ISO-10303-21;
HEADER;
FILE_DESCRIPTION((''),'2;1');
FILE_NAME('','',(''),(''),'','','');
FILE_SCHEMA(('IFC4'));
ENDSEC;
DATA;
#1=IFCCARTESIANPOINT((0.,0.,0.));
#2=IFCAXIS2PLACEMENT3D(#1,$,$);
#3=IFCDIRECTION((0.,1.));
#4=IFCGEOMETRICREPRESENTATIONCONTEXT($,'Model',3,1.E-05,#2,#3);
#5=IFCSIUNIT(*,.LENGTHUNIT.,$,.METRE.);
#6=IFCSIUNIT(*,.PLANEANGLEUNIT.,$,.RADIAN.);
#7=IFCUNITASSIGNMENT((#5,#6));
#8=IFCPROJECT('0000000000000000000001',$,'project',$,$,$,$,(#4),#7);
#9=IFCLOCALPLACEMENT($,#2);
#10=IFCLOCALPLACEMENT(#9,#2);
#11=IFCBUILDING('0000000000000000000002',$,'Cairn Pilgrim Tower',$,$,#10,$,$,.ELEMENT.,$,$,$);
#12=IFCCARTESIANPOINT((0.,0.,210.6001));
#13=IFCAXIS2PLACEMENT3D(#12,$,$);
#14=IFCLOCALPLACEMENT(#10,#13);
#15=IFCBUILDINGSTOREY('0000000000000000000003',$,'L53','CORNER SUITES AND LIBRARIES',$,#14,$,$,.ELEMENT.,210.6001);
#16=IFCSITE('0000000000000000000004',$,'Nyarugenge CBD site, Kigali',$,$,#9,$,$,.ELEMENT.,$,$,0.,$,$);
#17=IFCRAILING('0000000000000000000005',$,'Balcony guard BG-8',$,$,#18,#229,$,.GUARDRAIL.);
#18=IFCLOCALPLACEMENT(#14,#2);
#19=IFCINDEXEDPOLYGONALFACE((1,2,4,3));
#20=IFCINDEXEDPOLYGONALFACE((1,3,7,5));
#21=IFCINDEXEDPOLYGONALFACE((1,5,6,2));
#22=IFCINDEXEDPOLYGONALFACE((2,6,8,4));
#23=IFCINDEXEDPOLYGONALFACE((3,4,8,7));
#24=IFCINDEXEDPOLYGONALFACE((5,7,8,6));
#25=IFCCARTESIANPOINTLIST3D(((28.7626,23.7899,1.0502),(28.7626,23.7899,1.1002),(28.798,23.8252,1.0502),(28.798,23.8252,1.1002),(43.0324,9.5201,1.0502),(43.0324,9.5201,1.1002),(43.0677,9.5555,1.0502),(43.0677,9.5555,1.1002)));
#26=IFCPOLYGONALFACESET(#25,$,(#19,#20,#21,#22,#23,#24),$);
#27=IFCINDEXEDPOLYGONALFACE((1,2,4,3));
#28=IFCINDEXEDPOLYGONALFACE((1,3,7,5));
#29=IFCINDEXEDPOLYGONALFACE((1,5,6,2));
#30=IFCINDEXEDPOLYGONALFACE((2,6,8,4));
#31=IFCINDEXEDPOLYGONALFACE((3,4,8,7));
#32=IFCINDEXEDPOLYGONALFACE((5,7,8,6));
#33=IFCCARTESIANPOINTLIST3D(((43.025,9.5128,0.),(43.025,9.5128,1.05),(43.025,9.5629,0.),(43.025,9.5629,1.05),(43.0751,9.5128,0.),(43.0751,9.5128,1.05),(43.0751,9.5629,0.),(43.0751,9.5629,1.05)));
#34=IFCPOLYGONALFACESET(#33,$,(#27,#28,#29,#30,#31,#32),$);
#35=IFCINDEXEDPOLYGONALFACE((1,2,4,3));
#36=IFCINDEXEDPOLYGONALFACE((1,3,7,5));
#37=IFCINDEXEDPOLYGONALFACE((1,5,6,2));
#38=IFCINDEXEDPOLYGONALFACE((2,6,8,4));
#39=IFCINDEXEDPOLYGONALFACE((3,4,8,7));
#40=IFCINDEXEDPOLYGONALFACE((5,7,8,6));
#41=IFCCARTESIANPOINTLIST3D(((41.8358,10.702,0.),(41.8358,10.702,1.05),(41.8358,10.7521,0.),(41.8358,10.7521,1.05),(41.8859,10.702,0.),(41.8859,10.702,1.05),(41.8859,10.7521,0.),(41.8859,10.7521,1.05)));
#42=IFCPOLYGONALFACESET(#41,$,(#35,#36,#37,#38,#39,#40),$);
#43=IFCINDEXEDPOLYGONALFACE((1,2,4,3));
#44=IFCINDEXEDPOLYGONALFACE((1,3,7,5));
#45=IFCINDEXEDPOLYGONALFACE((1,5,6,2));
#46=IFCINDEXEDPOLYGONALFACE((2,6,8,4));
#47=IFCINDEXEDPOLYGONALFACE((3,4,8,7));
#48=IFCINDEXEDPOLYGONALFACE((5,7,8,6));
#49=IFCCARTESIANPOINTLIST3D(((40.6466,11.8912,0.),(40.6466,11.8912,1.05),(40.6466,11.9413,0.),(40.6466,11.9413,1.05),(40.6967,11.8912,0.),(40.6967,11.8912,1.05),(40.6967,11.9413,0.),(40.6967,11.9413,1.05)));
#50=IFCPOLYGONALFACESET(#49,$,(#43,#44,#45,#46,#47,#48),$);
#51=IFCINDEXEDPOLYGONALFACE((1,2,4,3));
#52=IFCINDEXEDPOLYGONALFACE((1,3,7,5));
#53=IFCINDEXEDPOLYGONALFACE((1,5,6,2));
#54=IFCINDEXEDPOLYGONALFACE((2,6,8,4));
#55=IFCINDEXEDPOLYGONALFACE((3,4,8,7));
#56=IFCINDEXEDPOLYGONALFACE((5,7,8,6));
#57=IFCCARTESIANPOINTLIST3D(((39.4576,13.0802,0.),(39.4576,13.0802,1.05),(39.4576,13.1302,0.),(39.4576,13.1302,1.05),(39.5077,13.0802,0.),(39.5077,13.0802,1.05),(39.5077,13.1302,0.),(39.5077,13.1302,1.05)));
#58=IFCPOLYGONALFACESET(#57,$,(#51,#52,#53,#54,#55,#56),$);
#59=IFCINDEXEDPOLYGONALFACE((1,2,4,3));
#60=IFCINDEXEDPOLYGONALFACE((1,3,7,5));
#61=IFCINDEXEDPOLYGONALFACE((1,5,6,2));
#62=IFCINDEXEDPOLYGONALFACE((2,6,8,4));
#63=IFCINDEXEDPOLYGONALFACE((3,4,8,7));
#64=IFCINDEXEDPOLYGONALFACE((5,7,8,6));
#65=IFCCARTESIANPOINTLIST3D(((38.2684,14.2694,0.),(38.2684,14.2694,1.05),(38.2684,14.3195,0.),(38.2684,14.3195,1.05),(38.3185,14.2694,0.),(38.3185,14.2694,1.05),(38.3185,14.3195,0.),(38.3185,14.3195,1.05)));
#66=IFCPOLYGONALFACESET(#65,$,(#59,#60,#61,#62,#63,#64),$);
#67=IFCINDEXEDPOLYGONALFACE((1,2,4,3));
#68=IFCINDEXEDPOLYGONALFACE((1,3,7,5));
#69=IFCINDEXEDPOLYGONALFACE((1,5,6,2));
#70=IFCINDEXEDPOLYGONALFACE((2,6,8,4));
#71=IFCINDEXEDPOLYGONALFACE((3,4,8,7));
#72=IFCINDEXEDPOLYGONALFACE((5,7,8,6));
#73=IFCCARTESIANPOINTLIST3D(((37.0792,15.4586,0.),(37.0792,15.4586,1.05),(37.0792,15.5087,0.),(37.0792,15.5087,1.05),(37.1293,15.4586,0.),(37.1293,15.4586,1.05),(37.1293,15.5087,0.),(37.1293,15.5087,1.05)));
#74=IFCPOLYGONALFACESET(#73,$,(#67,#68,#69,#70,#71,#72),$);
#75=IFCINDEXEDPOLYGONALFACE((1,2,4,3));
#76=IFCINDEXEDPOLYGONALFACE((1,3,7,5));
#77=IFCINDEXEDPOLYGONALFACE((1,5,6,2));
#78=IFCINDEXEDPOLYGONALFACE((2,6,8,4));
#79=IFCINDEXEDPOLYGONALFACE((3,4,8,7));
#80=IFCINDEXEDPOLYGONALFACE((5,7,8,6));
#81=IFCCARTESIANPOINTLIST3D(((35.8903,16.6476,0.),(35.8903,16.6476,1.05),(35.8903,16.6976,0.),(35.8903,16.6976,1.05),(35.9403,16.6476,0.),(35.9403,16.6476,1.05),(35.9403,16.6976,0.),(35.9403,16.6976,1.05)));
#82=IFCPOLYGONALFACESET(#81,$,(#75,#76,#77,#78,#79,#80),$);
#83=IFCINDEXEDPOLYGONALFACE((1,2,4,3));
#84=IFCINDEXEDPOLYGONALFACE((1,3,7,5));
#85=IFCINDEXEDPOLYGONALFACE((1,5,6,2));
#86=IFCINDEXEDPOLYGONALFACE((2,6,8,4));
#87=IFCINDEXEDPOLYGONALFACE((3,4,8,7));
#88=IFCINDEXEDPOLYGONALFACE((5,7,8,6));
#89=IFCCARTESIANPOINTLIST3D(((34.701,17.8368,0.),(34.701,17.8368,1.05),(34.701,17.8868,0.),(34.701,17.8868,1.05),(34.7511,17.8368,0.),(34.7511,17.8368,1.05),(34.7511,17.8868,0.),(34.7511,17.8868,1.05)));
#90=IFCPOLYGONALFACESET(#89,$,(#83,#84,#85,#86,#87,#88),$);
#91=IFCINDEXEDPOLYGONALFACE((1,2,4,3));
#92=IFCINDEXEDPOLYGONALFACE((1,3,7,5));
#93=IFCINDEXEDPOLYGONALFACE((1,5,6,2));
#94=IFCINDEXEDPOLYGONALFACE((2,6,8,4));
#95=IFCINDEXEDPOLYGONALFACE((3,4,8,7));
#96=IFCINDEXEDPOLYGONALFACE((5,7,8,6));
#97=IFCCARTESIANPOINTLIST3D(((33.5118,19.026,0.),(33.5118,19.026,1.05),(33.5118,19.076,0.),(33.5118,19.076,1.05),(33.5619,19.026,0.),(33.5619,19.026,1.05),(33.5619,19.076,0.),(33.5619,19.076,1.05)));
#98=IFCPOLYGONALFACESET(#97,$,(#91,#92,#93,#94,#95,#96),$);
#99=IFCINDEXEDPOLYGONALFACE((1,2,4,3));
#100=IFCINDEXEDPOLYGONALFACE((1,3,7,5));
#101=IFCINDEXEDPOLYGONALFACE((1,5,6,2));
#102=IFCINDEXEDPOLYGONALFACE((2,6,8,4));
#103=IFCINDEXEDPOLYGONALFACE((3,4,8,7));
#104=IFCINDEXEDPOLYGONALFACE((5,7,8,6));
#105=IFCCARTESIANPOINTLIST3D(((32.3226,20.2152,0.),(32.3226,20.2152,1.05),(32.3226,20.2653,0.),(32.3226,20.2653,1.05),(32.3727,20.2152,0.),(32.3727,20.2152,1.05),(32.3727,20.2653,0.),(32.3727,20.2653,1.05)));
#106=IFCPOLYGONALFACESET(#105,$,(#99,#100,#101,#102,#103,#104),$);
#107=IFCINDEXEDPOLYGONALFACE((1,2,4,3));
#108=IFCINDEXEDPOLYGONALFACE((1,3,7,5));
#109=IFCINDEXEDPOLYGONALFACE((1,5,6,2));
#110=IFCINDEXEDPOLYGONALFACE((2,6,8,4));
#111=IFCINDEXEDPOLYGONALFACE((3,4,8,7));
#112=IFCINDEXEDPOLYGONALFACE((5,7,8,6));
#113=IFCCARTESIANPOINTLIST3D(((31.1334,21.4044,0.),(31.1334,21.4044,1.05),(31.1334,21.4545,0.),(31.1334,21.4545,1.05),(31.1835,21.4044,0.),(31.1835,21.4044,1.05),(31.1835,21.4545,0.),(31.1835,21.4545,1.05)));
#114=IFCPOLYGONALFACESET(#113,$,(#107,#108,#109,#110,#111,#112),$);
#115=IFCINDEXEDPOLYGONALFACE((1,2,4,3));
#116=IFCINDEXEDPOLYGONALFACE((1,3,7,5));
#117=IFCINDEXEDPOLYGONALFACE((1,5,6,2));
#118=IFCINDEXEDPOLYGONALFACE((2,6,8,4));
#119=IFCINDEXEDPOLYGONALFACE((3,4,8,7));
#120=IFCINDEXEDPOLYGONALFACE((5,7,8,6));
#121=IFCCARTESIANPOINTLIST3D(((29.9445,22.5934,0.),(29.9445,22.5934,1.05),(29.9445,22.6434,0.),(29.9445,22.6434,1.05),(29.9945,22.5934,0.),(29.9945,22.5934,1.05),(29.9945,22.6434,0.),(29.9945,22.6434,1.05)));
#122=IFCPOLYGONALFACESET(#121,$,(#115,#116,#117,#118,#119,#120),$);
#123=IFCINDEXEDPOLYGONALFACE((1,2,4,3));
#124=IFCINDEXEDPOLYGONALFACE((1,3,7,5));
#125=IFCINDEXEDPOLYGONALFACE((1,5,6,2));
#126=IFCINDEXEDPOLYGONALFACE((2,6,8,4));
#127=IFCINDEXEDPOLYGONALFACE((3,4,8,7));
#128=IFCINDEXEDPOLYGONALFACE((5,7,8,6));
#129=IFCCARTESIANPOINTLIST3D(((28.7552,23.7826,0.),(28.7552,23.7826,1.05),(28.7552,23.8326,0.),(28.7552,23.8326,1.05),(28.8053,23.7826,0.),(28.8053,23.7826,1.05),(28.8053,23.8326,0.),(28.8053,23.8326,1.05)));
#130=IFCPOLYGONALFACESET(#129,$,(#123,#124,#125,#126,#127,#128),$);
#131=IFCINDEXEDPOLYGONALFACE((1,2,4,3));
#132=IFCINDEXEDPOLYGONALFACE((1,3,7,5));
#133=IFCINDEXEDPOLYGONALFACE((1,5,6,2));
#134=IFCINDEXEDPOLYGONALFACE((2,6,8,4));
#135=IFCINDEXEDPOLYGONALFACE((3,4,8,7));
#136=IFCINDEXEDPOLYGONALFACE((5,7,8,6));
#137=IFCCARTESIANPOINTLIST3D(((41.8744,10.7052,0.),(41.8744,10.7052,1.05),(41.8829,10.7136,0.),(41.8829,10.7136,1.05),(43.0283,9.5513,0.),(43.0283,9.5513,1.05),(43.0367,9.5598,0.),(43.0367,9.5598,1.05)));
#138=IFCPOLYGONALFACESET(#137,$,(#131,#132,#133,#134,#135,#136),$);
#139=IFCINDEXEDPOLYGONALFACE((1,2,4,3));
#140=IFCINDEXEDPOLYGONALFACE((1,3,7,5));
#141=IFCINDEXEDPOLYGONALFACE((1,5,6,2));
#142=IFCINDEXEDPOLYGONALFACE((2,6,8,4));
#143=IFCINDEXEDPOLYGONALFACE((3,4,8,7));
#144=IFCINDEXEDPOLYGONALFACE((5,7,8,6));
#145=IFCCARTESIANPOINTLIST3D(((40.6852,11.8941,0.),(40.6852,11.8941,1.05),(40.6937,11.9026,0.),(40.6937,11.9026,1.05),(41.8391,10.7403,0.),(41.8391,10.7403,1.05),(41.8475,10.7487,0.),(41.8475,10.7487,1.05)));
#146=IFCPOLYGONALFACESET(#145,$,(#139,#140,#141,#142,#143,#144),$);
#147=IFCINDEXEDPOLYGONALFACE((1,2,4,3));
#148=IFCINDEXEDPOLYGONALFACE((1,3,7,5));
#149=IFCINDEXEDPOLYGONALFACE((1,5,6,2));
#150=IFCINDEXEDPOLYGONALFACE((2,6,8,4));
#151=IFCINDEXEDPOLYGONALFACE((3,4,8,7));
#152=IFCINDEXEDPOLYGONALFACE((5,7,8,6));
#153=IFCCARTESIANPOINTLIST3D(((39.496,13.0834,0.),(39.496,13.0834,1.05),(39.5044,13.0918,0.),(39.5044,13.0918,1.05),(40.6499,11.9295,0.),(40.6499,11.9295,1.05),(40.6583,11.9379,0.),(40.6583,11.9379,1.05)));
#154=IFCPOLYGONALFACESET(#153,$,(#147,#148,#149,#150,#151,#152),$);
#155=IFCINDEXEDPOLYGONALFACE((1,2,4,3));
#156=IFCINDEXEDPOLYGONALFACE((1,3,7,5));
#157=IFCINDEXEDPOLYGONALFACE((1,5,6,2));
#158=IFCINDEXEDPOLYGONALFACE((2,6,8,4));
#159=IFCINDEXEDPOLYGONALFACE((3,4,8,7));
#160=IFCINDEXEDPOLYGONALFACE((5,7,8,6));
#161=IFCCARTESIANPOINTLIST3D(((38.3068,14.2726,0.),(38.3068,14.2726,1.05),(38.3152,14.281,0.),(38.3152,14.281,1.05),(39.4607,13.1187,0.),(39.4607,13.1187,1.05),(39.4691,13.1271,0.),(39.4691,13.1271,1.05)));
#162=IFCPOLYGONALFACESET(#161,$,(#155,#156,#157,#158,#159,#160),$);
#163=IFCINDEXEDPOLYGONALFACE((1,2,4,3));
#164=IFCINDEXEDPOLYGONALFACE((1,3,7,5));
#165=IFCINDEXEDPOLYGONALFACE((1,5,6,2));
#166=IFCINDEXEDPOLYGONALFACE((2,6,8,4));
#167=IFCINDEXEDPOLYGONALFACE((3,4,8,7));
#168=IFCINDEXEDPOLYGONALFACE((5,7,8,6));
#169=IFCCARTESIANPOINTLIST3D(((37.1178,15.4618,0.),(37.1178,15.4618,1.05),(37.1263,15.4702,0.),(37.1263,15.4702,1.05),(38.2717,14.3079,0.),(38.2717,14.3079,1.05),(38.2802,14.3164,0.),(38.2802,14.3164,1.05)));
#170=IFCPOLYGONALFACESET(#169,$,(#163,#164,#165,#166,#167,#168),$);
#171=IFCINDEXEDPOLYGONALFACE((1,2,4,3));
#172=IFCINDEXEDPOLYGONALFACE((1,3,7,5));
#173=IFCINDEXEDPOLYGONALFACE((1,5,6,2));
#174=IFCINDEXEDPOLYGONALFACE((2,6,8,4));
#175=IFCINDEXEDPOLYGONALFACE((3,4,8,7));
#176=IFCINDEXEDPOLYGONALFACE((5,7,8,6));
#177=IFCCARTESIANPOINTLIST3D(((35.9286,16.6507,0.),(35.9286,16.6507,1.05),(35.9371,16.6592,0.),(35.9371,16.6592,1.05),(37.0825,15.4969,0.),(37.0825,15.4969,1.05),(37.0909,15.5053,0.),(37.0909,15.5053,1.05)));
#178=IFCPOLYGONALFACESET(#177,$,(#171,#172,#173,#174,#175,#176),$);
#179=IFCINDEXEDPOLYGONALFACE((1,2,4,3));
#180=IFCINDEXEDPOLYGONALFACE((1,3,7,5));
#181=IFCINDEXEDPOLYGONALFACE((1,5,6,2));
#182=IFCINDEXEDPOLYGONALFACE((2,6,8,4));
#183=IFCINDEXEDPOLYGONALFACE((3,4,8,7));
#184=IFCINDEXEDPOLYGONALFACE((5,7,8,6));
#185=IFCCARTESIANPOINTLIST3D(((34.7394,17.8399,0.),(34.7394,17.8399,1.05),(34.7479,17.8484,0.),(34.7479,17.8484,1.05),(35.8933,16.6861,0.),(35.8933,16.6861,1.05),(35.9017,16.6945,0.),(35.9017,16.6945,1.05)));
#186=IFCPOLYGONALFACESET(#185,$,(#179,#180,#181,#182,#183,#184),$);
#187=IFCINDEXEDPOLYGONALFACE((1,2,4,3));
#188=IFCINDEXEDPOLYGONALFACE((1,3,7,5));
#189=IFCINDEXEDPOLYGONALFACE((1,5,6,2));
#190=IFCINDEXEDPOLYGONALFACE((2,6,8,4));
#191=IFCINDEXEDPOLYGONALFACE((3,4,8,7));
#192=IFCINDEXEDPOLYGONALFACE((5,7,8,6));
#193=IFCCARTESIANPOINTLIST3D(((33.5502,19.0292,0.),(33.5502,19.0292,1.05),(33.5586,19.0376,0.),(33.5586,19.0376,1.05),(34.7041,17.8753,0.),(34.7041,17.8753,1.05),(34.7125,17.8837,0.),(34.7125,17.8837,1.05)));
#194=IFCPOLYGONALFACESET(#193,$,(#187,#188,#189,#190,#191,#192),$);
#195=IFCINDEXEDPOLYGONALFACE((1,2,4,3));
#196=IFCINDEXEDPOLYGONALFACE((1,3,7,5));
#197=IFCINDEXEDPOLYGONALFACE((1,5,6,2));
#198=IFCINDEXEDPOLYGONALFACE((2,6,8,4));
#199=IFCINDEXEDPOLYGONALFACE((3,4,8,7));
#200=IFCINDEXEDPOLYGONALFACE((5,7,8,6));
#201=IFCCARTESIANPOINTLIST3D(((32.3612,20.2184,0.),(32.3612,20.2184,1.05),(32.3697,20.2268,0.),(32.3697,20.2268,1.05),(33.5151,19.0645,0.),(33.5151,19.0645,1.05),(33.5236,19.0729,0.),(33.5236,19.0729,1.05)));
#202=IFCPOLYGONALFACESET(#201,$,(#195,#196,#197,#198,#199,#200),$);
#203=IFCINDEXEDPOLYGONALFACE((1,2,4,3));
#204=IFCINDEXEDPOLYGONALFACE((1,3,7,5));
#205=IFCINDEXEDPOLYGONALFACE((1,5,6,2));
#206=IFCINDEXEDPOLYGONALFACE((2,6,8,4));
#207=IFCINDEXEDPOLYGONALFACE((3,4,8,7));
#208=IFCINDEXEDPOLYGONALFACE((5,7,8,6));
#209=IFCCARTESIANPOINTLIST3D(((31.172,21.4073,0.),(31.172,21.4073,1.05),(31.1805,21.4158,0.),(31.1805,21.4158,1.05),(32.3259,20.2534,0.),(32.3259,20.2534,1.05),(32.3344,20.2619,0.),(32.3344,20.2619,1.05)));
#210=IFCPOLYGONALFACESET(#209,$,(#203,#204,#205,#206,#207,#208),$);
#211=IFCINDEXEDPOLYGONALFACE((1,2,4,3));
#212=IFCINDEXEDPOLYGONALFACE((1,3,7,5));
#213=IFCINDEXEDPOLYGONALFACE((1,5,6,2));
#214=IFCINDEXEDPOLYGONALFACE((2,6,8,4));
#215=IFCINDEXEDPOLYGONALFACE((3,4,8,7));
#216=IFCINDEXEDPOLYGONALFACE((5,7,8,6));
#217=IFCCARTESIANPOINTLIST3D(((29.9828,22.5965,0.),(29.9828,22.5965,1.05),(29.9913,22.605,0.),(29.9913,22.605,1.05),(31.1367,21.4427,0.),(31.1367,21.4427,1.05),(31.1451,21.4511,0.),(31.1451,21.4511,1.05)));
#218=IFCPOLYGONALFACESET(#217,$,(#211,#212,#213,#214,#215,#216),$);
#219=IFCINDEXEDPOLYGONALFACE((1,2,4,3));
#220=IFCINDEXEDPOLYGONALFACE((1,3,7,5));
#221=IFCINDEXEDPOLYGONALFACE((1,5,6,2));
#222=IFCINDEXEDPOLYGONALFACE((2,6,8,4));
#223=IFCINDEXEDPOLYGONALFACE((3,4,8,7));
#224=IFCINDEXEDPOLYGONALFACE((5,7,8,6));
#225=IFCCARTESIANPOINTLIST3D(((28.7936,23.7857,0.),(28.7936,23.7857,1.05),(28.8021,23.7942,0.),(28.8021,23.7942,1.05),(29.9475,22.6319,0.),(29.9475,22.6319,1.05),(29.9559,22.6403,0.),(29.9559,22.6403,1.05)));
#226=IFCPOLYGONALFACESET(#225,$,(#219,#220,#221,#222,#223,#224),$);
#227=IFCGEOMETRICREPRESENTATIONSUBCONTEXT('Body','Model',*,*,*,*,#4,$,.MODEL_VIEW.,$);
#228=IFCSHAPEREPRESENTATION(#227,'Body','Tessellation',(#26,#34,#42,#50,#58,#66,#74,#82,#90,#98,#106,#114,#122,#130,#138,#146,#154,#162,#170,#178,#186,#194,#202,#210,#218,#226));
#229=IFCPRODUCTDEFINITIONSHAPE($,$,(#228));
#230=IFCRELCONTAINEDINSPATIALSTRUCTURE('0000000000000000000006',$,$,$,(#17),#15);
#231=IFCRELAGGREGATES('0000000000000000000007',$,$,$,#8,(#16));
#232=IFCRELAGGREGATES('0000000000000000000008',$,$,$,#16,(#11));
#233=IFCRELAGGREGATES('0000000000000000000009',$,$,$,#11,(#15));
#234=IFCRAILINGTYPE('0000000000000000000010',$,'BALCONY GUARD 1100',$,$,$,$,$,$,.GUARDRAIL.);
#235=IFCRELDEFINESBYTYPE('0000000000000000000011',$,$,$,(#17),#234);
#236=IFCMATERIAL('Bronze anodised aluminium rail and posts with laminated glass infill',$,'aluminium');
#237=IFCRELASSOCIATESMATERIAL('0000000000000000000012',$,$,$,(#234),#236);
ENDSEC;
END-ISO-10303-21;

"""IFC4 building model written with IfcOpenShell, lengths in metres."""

from ifc_helpers import new_model, si_unit, direction, frame, origin, origin_2d, place, context, subcontext, project, spatial, polyline, rectangle, outline, extrude, material, type_object, element, save


model = new_model("IFC4")

# Units and contexts
model_context = context("Model", 3, precision=1e-05, world=origin(), true_north=direction((0.0, 1.0)))
body_context = subcontext(model_context, "Body", "Model", "MODEL_VIEW")
ifc_project = project(units=[si_unit("LENGTHUNIT", "METRE"), si_unit("PLANEANGLEUNIT", "RADIAN")], contexts=[model_context])

# Site, building, storey
site_placement = place(None, origin())
site = spatial("IfcSite", under=ifc_project, at=site_placement, Name="Nyarugenge CBD site, Kigali", CompositionType="ELEMENT", RefElevation=0.0)
building_placement = place(site_placement, origin())
building = spatial("IfcBuilding", under=site, at=building_placement, Name="Cairn Pilgrim Tower", CompositionType="ELEMENT")
storey_placement = place(building_placement, frame((0.0, 0.0, 210.6001)))
storey = spatial("IfcBuildingStorey", under=building, at=storey_placement, Name="L53", Description="CORNER SUITES AND LIBRARIES", CompositionType="ELEMENT", Elevation=210.6001)

# Railing
ifc_material_1 = material(Name="Bronze anodised aluminium rail and posts with laminated glass infill", Category="aluminium")
railing_type = type_object("IfcRailingType", Name="BALCONY GUARD 1100", PredefinedType="GUARDRAIL", material=ifc_material_1)
railing_1_placement = place(storey_placement, frame((43.05, 9.5378, 0.0)))
element("IfcRailing", 1, at=railing_1_placement, inside=storey, type_object=railing_type, Name="Balcony guard BG-8", PredefinedType="GUARDRAIL", context=body_context, shape_type="SweptSolid", body=[
    extrude(rectangle(XDim=0.05, YDim=0.05, at=origin_2d()), frame((0.0, 0.0, 1.0752), z_axis=(-0.707107, 0.707107, 0.0), x_axis=(-0.707107, -0.707107, 0.0)), (0.0, 0.0, 1.0), 20.1804),
    extrude(rectangle(XDim=0.05, YDim=0.05, at=origin_2d()), origin(), (0.0, 0.0, 1.0), 1.05),
    extrude(rectangle(XDim=0.05, YDim=0.05, at=origin_2d()), frame((-1.1892, 1.1892, 0.0)), (0.0, 0.0, 1.0), 1.05),
    extrude(rectangle(XDim=0.05, YDim=0.05, at=origin_2d()), frame((-2.3784, 2.3784, 0.0)), (0.0, 0.0, 1.0), 1.05),
    extrude(rectangle(XDim=0.05, YDim=0.05, at=origin_2d()), frame((-3.5674, 3.5674, 0.0)), (0.0, 0.0, 1.0), 1.05),
    extrude(rectangle(XDim=0.05, YDim=0.05, at=origin_2d()), frame((-4.7566, 4.7566, 0.0)), (0.0, 0.0, 1.0), 1.05),
    extrude(rectangle(XDim=0.05, YDim=0.05, at=origin_2d()), frame((-5.9458, 5.9458, 0.0)), (0.0, 0.0, 1.0), 1.05),
    extrude(rectangle(XDim=0.05, YDim=0.05, at=origin_2d()), frame((-7.1348, 7.1348, 0.0)), (0.0, 0.0, 1.0), 1.05),
    extrude(rectangle(XDim=0.05, YDim=0.05, at=origin_2d()), frame((-8.324, 8.324, 0.0)), (0.0, 0.0, 1.0), 1.05),
    extrude(rectangle(XDim=0.05, YDim=0.05, at=origin_2d()), frame((-9.5132, 9.5132, 0.0)), (0.0, 0.0, 1.0), 1.05),
    extrude(rectangle(XDim=0.05, YDim=0.05, at=origin_2d()), frame((-10.7024, 10.7024, 0.0)), (0.0, 0.0, 1.0), 1.05),
    extrude(rectangle(XDim=0.05, YDim=0.05, at=origin_2d()), frame((-11.8916, 11.8916, 0.0)), (0.0, 0.0, 1.0), 1.05),
    extrude(rectangle(XDim=0.05, YDim=0.05, at=origin_2d()), frame((-13.0806, 13.0806, 0.0)), (0.0, 0.0, 1.0), 1.05),
    extrude(rectangle(XDim=0.05, YDim=0.05, at=origin_2d()), frame((-14.2698, 14.2698, 0.0)), (0.0, 0.0, 1.0), 1.05),
    extrude(outline(polyline([(0.0249, 0.0), (1.6567, 0.0), (1.6567, 1.05), (0.0249, 1.05), (0.0249, 0.0)])), frame((-0.0042, -0.0042, 0.0), z_axis=(0.707107, 0.707107, 0.0), x_axis=(-0.707107, 0.707107, 0.0)), (0.0, 0.0, 1.0), 0.012),
    extrude(outline(polyline([(0.0249, 0.0), (1.6567, 0.0), (1.6567, 1.05), (0.0249, 1.05), (0.0249, 0.0)])), frame((-1.1934, 1.1848, 0.0), z_axis=(0.707107, 0.707107, 0.0), x_axis=(-0.707107, 0.707107, 0.0)), (0.0, 0.0, 1.0), 0.012),
    extrude(outline(polyline([(0.0249, 0.0), (1.6567, 0.0), (1.6567, 1.05), (0.0249, 1.05), (0.0249, 0.0)])), frame((-2.3826, 2.374, 0.0), z_axis=(0.707107, 0.707107, 0.0), x_axis=(-0.707107, 0.707107, 0.0)), (0.0, 0.0, 1.0), 0.012),
    extrude(outline(polyline([(0.0249, 0.0), (1.6567, 0.0), (1.6567, 1.05), (0.0249, 1.05), (0.0249, 0.0)])), frame((-3.5718, 3.5632, 0.0), z_axis=(0.707107, 0.707107, 0.0), x_axis=(-0.707107, 0.707107, 0.0)), (0.0, 0.0, 1.0), 0.012),
    extrude(outline(polyline([(0.0249, 0.0), (1.6567, 0.0), (1.6567, 1.05), (0.0249, 1.05), (0.0249, 0.0)])), frame((-4.7607, 4.7524, 0.0), z_axis=(0.707107, 0.707107, 0.0), x_axis=(-0.707107, 0.707107, 0.0)), (0.0, 0.0, 1.0), 0.012),
    extrude(outline(polyline([(0.0249, 0.0), (1.6567, 0.0), (1.6567, 1.05), (0.0249, 1.05), (0.0249, 0.0)])), frame((-5.95, 5.9414, 0.0), z_axis=(0.707107, 0.707107, 0.0), x_axis=(-0.707107, 0.707107, 0.0)), (0.0, 0.0, 1.0), 0.012),
    extrude(outline(polyline([(0.0249, 0.0), (1.6567, 0.0), (1.6567, 1.05), (0.0249, 1.05), (0.0249, 0.0)])), frame((-7.1392, 7.1306, 0.0), z_axis=(0.707107, 0.707107, 0.0), x_axis=(-0.707107, 0.707107, 0.0)), (0.0, 0.0, 1.0), 0.012),
    extrude(outline(polyline([(0.0249, 0.0), (1.6567, 0.0), (1.6567, 1.05), (0.0249, 1.05), (0.0249, 0.0)])), frame((-8.3284, 8.3198, 0.0), z_axis=(0.707107, 0.707107, 0.0), x_axis=(-0.707107, 0.707107, 0.0)), (0.0, 0.0, 1.0), 0.012),
    extrude(outline(polyline([(0.0249, 0.0), (1.6567, 0.0), (1.6567, 1.05), (0.0249, 1.05), (0.0249, 0.0)])), frame((-9.5173, 9.509, 0.0), z_axis=(0.707107, 0.707107, 0.0), x_axis=(-0.707107, 0.707107, 0.0)), (0.0, 0.0, 1.0), 0.012),
    extrude(outline(polyline([(0.0249, 0.0), (1.6567, 0.0), (1.6567, 1.05), (0.0249, 1.05), (0.0249, 0.0)])), frame((-10.7065, 10.698, 0.0), z_axis=(0.707107, 0.707107, 0.0), x_axis=(-0.707107, 0.707107, 0.0)), (0.0, 0.0, 1.0), 0.012),
    extrude(outline(polyline([(0.0249, 0.0), (1.6567, 0.0), (1.6567, 1.05), (0.0249, 1.05), (0.0249, 0.0)])), frame((-11.8958, 11.8872, 0.0), z_axis=(0.707107, 0.707107, 0.0), x_axis=(-0.707107, 0.707107, 0.0)), (0.0, 0.0, 1.0), 0.012),
    extrude(outline(polyline([(0.0249, 0.0), (1.6567, 0.0), (1.6567, 1.05), (0.0249, 1.05), (0.0249, 0.0)])), frame((-13.085, 13.0764, 0.0), z_axis=(0.707107, 0.707107, 0.0), x_axis=(-0.707107, 0.707107, 0.0)), (0.0, 0.0, 1.0), 0.012),
])

save(model, "model.ifc")
